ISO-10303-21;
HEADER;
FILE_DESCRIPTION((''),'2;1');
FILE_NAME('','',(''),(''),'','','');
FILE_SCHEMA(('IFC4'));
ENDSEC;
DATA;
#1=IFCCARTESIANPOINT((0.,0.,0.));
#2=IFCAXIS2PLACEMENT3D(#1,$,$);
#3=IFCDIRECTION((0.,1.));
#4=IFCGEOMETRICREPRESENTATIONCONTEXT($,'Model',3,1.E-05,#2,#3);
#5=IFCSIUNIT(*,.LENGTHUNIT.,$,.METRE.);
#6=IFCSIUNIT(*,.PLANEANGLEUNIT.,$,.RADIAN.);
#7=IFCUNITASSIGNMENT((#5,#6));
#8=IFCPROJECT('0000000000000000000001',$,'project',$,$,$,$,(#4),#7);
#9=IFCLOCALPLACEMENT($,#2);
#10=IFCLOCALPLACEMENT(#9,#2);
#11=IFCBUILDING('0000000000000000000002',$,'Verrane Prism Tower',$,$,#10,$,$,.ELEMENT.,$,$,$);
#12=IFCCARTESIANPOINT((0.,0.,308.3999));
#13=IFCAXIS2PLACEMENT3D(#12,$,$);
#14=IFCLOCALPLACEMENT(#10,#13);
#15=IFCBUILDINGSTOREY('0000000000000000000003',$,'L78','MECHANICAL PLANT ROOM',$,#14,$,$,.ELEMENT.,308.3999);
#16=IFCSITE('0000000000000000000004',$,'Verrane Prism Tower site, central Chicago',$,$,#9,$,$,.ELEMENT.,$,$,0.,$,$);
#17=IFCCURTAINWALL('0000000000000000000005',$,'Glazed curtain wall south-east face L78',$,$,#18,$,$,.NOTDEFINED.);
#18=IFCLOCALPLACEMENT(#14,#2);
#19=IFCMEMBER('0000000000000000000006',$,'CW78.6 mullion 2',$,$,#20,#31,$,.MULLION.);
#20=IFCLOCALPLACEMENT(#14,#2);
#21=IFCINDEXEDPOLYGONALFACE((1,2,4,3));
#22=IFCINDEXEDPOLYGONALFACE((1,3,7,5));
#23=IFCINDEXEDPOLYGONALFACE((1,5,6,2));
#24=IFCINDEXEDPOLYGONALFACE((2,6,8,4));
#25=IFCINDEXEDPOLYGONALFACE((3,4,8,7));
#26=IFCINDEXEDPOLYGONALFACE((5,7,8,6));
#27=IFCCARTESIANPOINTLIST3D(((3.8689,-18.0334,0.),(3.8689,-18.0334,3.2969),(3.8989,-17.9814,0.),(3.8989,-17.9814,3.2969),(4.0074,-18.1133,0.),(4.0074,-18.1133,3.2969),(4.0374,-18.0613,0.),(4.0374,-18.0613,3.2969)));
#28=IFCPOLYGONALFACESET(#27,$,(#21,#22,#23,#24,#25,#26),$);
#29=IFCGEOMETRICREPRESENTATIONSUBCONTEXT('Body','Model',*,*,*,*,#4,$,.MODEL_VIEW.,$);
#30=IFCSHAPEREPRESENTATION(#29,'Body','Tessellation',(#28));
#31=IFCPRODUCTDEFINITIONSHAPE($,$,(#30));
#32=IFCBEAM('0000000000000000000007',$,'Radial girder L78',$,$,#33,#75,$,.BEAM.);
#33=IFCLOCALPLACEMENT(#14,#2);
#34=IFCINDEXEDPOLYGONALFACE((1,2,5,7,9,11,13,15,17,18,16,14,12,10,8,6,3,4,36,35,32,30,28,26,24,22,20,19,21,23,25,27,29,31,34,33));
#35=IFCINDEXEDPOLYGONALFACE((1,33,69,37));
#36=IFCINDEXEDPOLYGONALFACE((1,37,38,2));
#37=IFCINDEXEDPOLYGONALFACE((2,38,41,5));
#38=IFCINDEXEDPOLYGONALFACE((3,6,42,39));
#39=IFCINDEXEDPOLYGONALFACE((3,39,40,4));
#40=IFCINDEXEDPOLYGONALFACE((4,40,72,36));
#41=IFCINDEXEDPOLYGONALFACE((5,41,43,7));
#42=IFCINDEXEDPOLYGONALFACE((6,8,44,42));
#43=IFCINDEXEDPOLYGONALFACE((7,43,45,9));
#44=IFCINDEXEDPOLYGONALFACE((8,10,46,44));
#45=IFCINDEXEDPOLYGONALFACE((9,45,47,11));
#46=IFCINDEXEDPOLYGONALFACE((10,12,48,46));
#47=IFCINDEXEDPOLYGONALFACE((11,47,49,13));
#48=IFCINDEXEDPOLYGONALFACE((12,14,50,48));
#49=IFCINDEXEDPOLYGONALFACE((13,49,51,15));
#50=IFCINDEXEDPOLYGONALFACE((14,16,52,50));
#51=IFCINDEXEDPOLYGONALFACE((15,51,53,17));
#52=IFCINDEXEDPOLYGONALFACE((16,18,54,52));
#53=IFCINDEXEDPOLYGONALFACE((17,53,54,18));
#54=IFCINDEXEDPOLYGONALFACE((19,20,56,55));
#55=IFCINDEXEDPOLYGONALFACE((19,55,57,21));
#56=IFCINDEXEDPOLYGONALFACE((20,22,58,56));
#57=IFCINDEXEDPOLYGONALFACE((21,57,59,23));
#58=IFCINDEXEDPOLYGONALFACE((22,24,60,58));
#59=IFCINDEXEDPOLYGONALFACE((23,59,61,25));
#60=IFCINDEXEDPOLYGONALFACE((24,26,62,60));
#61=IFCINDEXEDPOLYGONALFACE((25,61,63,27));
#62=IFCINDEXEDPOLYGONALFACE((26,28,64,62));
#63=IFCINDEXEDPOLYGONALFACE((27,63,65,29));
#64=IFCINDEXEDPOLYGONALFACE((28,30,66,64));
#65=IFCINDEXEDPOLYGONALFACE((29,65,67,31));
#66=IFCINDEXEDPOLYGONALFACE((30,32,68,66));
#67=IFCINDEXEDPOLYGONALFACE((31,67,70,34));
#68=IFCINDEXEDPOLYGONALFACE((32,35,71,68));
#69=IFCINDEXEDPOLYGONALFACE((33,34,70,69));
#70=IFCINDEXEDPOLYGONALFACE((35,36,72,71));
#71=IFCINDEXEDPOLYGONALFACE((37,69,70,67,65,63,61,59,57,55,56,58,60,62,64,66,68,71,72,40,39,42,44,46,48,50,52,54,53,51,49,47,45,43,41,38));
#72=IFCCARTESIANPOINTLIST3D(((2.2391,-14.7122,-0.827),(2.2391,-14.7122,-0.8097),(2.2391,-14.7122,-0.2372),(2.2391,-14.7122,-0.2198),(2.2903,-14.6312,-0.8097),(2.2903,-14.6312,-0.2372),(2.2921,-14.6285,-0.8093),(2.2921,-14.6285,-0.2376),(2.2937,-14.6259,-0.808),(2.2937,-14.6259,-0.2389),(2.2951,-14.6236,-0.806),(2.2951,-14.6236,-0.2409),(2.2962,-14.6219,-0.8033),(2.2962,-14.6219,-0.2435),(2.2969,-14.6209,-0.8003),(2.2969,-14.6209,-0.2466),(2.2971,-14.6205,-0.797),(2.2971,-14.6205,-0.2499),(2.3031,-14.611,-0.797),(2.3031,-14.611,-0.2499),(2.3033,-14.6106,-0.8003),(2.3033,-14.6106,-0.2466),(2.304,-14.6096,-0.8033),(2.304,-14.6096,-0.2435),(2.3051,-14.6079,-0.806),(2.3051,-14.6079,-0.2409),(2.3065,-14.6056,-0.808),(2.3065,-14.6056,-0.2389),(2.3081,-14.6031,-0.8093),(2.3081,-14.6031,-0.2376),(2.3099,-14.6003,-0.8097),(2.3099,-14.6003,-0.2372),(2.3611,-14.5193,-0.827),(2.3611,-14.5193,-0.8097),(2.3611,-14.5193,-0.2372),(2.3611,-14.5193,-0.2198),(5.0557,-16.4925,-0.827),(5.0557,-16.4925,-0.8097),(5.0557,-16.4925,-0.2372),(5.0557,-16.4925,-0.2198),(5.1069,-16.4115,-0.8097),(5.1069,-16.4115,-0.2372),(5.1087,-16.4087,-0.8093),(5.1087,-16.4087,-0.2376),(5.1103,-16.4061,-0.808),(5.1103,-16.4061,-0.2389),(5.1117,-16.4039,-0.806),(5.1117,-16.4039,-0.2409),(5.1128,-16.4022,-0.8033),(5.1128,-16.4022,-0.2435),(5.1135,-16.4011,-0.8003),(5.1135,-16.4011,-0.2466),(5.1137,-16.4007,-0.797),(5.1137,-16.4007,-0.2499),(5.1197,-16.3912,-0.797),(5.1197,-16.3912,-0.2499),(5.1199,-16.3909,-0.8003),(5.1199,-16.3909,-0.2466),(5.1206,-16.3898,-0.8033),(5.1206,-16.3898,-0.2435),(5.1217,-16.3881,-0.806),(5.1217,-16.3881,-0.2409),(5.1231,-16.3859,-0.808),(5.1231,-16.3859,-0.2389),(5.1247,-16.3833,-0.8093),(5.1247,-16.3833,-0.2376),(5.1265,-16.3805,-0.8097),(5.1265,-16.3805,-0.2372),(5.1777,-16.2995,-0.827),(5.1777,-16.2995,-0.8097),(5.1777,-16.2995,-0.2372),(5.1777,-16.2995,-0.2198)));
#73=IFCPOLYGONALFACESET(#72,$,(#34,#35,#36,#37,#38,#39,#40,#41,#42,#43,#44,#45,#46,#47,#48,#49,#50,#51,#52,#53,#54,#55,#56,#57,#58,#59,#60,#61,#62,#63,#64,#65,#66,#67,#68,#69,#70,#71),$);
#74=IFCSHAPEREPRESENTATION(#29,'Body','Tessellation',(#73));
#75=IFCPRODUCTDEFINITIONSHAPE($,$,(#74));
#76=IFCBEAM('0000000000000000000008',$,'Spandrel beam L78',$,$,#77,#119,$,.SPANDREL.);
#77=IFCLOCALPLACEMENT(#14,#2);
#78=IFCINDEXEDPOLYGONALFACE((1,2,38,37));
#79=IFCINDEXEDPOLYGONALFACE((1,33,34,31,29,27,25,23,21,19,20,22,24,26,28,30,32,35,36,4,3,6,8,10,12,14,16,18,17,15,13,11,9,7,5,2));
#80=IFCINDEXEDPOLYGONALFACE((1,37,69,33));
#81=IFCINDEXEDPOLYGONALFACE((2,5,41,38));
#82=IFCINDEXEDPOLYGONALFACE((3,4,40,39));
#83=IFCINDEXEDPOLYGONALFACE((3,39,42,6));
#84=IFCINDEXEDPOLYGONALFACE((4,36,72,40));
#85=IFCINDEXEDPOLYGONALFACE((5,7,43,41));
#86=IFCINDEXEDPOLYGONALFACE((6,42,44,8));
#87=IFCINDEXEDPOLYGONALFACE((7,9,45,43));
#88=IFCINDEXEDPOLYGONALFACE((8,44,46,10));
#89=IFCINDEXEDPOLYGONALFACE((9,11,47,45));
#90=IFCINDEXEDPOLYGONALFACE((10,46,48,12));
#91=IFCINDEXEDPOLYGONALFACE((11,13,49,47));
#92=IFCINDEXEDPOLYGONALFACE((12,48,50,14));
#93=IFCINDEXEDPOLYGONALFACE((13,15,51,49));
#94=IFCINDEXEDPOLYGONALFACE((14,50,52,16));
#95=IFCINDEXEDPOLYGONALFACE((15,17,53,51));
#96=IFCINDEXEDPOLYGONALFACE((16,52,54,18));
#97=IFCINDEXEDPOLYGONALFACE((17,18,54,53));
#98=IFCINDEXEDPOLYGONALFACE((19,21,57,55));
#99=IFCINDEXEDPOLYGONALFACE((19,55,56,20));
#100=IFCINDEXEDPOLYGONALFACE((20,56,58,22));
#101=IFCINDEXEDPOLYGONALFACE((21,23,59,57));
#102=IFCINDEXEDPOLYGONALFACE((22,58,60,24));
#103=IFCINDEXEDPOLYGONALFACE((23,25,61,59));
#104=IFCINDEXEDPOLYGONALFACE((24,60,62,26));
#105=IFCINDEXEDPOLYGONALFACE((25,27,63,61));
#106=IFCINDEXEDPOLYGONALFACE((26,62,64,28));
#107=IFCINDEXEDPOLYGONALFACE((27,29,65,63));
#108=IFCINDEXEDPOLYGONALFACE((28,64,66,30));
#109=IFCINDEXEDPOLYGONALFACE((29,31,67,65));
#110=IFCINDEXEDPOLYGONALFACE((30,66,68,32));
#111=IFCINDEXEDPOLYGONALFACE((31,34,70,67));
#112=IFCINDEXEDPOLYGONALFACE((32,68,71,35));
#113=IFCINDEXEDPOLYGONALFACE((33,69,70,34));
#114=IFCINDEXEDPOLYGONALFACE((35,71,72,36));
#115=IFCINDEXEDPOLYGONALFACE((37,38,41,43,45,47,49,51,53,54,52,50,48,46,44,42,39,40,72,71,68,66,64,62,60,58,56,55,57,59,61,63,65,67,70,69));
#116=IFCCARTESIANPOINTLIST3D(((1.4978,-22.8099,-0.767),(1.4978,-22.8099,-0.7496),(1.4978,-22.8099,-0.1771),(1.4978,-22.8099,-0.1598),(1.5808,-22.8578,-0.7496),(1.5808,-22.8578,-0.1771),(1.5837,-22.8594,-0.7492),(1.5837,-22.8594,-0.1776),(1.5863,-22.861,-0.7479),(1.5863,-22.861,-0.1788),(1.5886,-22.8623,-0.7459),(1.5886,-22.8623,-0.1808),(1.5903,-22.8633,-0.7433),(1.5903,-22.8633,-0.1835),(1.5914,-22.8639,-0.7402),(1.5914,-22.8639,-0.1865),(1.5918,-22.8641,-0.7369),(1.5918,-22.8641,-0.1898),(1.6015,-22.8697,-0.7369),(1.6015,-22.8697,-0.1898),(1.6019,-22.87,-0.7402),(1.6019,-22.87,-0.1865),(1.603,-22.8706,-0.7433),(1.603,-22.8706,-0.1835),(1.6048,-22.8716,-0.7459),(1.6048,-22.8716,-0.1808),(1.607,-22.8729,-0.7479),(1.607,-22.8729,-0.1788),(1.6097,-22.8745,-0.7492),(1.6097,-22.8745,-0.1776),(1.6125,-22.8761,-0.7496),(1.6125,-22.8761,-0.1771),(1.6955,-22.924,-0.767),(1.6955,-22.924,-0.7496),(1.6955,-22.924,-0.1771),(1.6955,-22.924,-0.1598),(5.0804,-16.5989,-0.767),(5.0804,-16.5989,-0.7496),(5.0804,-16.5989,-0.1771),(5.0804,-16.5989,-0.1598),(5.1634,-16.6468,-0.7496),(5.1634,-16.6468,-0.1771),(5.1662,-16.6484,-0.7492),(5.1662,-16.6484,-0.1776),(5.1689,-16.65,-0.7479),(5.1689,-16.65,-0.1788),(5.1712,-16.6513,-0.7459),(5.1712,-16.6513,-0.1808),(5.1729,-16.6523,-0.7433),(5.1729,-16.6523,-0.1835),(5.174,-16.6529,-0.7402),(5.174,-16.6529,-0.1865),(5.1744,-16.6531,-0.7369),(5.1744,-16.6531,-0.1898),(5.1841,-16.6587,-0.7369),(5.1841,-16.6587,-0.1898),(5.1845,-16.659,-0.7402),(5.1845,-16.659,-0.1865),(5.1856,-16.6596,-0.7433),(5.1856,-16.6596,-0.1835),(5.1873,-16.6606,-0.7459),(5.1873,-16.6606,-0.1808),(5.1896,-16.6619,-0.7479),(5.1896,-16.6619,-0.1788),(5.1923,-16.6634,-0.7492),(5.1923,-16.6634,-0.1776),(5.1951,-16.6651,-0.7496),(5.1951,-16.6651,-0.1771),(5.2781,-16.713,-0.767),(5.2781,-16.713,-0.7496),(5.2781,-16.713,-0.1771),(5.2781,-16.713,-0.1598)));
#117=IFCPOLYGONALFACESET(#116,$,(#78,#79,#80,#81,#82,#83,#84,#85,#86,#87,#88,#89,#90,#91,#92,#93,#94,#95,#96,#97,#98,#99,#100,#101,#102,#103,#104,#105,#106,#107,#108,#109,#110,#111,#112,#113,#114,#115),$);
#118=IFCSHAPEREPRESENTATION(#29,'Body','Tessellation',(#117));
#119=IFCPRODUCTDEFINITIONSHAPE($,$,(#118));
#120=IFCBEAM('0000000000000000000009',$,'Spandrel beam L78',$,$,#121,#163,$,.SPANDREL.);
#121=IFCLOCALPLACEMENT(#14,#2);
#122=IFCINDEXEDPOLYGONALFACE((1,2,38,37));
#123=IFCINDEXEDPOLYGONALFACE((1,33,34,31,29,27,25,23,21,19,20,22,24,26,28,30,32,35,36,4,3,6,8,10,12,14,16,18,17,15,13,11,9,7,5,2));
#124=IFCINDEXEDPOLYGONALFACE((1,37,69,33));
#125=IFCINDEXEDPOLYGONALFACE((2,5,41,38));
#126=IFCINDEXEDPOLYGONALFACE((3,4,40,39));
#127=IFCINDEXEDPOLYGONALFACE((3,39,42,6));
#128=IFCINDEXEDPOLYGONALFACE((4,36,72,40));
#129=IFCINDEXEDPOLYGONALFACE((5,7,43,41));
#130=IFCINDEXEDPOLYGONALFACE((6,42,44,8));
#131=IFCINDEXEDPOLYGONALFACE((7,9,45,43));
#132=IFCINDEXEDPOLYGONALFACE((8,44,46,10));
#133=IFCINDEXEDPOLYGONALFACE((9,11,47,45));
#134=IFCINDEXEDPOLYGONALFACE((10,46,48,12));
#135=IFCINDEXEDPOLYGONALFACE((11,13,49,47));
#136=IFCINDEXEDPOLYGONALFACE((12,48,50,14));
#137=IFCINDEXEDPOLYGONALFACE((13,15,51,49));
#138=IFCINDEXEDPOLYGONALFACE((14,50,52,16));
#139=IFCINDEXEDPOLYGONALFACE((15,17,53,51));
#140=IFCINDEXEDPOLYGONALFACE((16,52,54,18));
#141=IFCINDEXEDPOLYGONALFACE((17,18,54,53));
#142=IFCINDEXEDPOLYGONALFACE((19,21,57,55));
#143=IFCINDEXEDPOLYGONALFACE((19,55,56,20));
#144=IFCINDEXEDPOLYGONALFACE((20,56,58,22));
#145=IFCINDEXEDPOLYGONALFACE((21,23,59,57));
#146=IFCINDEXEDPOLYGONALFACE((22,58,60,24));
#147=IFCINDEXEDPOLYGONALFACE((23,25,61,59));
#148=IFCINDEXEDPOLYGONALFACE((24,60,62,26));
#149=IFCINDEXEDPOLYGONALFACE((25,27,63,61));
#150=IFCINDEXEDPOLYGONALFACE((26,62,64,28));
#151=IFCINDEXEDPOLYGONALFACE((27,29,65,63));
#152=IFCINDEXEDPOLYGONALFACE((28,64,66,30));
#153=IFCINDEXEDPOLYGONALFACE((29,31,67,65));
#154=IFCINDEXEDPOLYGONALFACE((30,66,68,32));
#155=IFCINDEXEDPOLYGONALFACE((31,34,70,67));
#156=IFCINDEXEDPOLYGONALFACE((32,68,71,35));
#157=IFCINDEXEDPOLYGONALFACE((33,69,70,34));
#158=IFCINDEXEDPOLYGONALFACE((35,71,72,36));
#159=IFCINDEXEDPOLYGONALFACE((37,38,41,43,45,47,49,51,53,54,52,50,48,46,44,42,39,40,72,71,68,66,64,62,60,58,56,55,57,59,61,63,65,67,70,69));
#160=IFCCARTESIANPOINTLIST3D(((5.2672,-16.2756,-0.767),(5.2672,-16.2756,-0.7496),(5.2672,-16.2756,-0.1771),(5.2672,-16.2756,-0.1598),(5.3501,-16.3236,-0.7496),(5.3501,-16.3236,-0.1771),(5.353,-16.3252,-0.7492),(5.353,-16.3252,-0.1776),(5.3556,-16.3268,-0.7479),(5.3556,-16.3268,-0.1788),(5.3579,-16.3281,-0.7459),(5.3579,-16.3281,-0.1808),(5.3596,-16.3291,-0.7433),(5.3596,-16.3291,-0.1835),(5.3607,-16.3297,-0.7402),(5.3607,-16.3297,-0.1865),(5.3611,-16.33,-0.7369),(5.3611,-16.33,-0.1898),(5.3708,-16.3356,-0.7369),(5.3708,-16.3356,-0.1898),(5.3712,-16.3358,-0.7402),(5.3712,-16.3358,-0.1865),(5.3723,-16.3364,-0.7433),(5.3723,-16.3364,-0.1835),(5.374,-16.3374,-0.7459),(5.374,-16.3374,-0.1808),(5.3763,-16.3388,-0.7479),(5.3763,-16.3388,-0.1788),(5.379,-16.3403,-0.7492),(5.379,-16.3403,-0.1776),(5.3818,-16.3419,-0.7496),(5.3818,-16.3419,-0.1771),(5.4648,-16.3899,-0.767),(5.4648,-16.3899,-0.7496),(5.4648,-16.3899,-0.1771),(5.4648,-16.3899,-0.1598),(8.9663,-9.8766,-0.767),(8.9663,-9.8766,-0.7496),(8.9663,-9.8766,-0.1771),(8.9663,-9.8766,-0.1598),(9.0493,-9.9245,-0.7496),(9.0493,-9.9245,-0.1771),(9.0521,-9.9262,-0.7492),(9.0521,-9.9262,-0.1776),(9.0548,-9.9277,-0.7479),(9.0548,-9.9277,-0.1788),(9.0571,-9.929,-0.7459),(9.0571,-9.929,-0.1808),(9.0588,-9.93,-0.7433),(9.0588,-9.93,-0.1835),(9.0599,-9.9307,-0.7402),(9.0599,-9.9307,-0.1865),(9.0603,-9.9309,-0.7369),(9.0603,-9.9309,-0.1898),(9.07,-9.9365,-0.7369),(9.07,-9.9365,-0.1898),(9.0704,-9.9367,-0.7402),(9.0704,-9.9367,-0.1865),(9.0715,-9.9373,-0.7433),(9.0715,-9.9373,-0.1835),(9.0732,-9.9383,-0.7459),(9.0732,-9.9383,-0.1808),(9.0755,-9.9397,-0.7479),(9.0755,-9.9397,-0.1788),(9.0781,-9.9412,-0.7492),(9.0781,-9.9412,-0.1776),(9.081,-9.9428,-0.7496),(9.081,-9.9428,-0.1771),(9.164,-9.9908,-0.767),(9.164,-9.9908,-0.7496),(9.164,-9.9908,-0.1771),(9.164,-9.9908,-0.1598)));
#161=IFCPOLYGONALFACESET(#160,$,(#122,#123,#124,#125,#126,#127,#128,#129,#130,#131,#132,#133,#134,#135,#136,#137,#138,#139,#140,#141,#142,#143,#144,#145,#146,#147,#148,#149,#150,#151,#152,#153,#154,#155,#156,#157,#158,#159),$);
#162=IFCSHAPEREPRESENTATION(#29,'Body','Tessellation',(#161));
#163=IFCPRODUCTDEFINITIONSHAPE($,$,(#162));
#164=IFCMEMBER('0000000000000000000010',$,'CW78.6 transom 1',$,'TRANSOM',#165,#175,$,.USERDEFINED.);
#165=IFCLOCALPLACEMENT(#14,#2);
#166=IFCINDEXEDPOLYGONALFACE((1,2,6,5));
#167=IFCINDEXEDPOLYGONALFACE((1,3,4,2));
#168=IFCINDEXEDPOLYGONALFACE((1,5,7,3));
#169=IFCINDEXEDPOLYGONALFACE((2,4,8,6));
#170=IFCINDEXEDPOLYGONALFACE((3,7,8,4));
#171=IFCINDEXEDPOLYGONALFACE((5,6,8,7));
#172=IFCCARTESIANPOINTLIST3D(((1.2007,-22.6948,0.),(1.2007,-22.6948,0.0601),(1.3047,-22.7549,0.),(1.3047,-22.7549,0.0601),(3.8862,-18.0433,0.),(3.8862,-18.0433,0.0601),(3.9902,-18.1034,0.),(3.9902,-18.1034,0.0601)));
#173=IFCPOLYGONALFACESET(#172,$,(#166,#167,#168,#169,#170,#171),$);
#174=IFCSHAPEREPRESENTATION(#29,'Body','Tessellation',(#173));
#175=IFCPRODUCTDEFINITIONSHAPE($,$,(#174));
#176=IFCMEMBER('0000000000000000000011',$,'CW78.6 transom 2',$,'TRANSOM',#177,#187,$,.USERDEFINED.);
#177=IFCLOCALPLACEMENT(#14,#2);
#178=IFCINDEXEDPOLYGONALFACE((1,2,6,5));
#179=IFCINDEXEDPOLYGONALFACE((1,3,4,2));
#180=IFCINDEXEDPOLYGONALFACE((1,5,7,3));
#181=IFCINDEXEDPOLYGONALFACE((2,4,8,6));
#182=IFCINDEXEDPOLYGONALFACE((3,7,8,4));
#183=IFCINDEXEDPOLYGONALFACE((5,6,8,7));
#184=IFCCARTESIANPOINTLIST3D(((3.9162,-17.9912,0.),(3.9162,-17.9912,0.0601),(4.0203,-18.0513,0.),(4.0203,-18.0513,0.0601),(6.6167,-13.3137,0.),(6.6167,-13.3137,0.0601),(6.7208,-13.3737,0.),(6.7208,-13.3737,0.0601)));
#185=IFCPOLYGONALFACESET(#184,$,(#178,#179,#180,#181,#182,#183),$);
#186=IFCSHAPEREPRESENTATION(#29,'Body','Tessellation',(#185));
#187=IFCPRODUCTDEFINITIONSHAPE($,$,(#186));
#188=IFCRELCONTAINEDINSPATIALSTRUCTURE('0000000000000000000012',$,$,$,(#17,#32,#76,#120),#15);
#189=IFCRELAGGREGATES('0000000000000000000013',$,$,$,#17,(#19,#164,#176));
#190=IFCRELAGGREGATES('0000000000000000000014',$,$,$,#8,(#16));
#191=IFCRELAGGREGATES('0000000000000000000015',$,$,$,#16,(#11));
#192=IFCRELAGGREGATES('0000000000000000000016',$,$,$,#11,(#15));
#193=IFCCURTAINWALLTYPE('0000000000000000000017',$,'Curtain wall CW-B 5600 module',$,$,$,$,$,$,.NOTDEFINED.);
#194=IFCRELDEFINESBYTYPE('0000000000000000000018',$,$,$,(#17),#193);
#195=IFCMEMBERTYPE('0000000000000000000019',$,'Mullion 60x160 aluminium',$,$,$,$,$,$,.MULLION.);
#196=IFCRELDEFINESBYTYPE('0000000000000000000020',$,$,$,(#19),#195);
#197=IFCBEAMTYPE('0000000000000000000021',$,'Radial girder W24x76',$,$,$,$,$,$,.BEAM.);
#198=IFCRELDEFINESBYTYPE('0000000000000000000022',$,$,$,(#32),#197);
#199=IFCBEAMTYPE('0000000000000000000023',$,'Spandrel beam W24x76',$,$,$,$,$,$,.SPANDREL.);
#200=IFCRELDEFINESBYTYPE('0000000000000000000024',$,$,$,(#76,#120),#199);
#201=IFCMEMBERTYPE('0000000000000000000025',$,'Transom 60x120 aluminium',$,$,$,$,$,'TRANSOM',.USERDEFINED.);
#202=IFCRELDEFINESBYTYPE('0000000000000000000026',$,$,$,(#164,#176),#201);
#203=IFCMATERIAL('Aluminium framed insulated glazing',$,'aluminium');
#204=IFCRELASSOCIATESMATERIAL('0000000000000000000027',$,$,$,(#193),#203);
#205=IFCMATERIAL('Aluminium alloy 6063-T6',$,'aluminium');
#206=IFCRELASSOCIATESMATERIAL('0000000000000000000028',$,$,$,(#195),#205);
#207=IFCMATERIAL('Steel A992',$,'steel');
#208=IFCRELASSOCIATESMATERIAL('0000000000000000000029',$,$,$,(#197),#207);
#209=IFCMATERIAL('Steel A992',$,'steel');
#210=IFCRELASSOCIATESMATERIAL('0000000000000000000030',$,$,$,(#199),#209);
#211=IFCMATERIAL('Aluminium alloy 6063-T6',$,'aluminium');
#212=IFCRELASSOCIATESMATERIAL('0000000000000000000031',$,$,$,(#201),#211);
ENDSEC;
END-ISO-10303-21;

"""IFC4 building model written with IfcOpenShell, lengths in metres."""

from ifc_helpers import new_model, si_unit, direction, frame, origin, origin_2d, place, context, subcontext, project, spatial, rectangle, i_section, extrude, material, material_profile, profile_set, type_object, element, aggregate, save


model = new_model("IFC4")

# Units and contexts
model_context = context("Model", 3, precision=1e-05, world=origin(), true_north=direction((0.0, 1.0)))
body_context = subcontext(model_context, "Body", "Model", "MODEL_VIEW")
ifc_project = project(units=[si_unit("LENGTHUNIT", "METRE"), si_unit("PLANEANGLEUNIT", "RADIAN")], contexts=[model_context])

# Site, building, storey
site_placement = place(None, origin())
site = spatial("IfcSite", under=ifc_project, at=site_placement, Name="Verrane Prism Tower site, central Chicago", CompositionType="ELEMENT", RefElevation=0.0)
building_placement = place(site_placement, origin())
building = spatial("IfcBuilding", under=site, at=building_placement, Name="Verrane Prism Tower", CompositionType="ELEMENT")
storey_placement = place(building_placement, frame((0.0, 0.0, 308.3999)))
storey = spatial("IfcBuildingStorey", under=building, at=storey_placement, Name="L78", Description="MECHANICAL PLANT ROOM", CompositionType="ELEMENT", Elevation=308.3999)

# Curtain wall, member
ifc_material_1 = material(Name="Aluminium framed insulated glazing", Category="aluminium")
curtain_wall_type_1 = type_object("IfcCurtainWallType", Name="Curtain wall CW-B 5600 module", PredefinedType="NOTDEFINED", material=ifc_material_1)
curtain_wall_1_placement = place(storey_placement, origin())
curtain_wall_1 = element("IfcCurtainWall", 1, at=curtain_wall_1_placement, inside=storey, type_object=curtain_wall_type_1, Name="Glazed curtain wall south-east face L78", PredefinedType="NOTDEFINED")
ifc_material_2 = material(Name="Aluminium alloy 6063-T6", Category="aluminium")
ifc_material_profile_1 = material_profile(ifc_material_2, rectangle(XDim=0.1599, YDim=0.0601, at=origin_2d()), Name="Mullion 60x160 aluminium")
ifc_profile_set_1 = profile_set([ifc_material_profile_1], Name="Aluminium alloy 6063-T6")
member_type_1 = type_object("IfcMemberType", Name="Mullion 60x160 aluminium", PredefinedType="MULLION", material=ifc_profile_set_1)
member_1_placement = place(storey_placement, frame((3.9531, -18.0474, 0.0), z_axis=(0.0, 0.0, 1.0), x_axis=(-0.866025, 0.5, 0.0)))
member_1 = element("IfcMember", 2, at=member_1_placement, type_object=member_type_1, Name="CW78.6 mullion 2", PredefinedType="MULLION", context=body_context, shape_type="SweptSolid", body=[
    extrude(rectangle(XDim=0.1599, YDim=0.0601, at=origin_2d()), origin(), (0.0, 0.0, 1.0), 3.2969),
])

# Beams
ifc_material_3 = material(Name="Steel A992", Category="steel")
ifc_material_profile_2 = material_profile(ifc_material_3, i_section(OverallWidth=0.2283, OverallDepth=0.6072, WebThickness=0.0112, FlangeThickness=0.0173, FilletRadius=0.0127, at=origin_2d()), Name="W24x76")
ifc_profile_set_2 = profile_set([ifc_material_profile_2], Name="Steel A992")
beam_type_1 = type_object("IfcBeamType", Name="Radial girder W24x76", PredefinedType="BEAM", material=ifc_profile_set_2)
beam_1_placement = place(storey_placement, frame((5.1167, -16.396, -0.5234), z_axis=(-0.845308, 0.53428, 0.0), x_axis=(-0.53428, -0.845308, 0.0)))
element("IfcBeam", 3, at=beam_1_placement, inside=storey, type_object=beam_type_1, Name="Radial girder L78", PredefinedType="BEAM", context=body_context, shape_type="SweptSolid", body=[
    extrude(i_section(OverallWidth=0.2283, OverallDepth=0.6072, WebThickness=0.0112, FlangeThickness=0.0173, FilletRadius=0.0127, at=origin_2d()), origin(), (0.0, 0.0, 1.0), 3.332),
])
ifc_material_4 = material(Name="Steel A992", Category="steel")
ifc_material_profile_3 = material_profile(ifc_material_4, i_section(OverallWidth=0.2283, OverallDepth=0.6072, WebThickness=0.0112, FlangeThickness=0.0173, FilletRadius=0.0127, at=origin_2d()), Name="W24x76")
ifc_profile_set_3 = profile_set([ifc_material_profile_3], Name="Steel A992")
beam_type_2 = type_object("IfcBeamType", Name="Spandrel beam W24x76", PredefinedType="SPANDREL", material=ifc_profile_set_3)
beam_2_placement = place(storey_placement, frame((1.5967, -22.8669, -0.4634), z_axis=(0.499648, 0.866229, 0.0), x_axis=(-0.866229, 0.499648, 0.0)))
element("IfcBeam", 4, at=beam_2_placement, inside=storey, type_object=beam_type_2, Name="Spandrel beam L78", PredefinedType="SPANDREL", context=body_context, shape_type="SweptSolid", body=[
    extrude(i_section(OverallWidth=0.2283, OverallDepth=0.6072, WebThickness=0.0112, FlangeThickness=0.0173, FilletRadius=0.0127, at=origin_2d()), origin(), (0.0, 0.0, 1.0), 7.1702),
])
beam_3_placement = place(storey_placement, frame((5.366, -16.3328, -0.4634), z_axis=(0.500472, 0.865752, 0.0), x_axis=(-0.865752, 0.500472, 0.0)))
element("IfcBeam", 5, at=beam_3_placement, inside=storey, type_object=beam_type_2, Name="Spandrel beam L78", PredefinedType="SPANDREL", context=body_context, shape_type="SweptSolid", body=[
    extrude(i_section(OverallWidth=0.2283, OverallDepth=0.6072, WebThickness=0.0112, FlangeThickness=0.0173, FilletRadius=0.0127, at=origin_2d()), origin(), (0.0, 0.0, 1.0), 7.3914),
])

# Members
ifc_material_5 = material(Name="Aluminium alloy 6063-T6", Category="aluminium")
ifc_material_profile_4 = material_profile(ifc_material_5, rectangle(XDim=0.1201, YDim=0.0601, at=origin_2d()), Name="Transom 60x120 aluminium")
ifc_profile_set_4 = profile_set([ifc_material_profile_4], Name="Aluminium alloy 6063-T6")
member_type_2 = type_object("IfcMemberType", Name="Transom 60x120 aluminium", ElementType="TRANSOM", PredefinedType="USERDEFINED", material=ifc_profile_set_4)
member_2_placement = place(storey_placement, frame((1.2527, -22.7249, 0.03), z_axis=(0.499991, 0.86603, 0.0), x_axis=(-0.86603, 0.499991, 0.0)))
member_2 = element("IfcMember", 6, at=member_2_placement, type_object=member_type_2, Name="CW78.6 transom 1", ObjectType="TRANSOM", PredefinedType="USERDEFINED", context=body_context, shape_type="SweptSolid", body=[
    extrude(rectangle(XDim=0.1201, YDim=0.0601, at=origin_2d()), origin(), (0.0, 0.0, 1.0), 5.3711),
])
member_3_placement = place(storey_placement, frame((3.9683, -18.0212, 0.03), z_axis=(0.499985, 0.866034, 0.0), x_axis=(-0.866034, 0.499985, 0.0)))
member_3 = element("IfcMember", 7, at=member_3_placement, type_object=member_type_2, Name="CW78.6 transom 2", ObjectType="TRANSOM", PredefinedType="USERDEFINED", context=body_context, shape_type="SweptSolid", body=[
    extrude(rectangle(XDim=0.1201, YDim=0.0601, at=origin_2d()), origin(), (0.0, 0.0, 1.0), 5.4011),
])

aggregate(curtain_wall_1, [member_1, member_2, member_3])

save(model, "model.ifc")
